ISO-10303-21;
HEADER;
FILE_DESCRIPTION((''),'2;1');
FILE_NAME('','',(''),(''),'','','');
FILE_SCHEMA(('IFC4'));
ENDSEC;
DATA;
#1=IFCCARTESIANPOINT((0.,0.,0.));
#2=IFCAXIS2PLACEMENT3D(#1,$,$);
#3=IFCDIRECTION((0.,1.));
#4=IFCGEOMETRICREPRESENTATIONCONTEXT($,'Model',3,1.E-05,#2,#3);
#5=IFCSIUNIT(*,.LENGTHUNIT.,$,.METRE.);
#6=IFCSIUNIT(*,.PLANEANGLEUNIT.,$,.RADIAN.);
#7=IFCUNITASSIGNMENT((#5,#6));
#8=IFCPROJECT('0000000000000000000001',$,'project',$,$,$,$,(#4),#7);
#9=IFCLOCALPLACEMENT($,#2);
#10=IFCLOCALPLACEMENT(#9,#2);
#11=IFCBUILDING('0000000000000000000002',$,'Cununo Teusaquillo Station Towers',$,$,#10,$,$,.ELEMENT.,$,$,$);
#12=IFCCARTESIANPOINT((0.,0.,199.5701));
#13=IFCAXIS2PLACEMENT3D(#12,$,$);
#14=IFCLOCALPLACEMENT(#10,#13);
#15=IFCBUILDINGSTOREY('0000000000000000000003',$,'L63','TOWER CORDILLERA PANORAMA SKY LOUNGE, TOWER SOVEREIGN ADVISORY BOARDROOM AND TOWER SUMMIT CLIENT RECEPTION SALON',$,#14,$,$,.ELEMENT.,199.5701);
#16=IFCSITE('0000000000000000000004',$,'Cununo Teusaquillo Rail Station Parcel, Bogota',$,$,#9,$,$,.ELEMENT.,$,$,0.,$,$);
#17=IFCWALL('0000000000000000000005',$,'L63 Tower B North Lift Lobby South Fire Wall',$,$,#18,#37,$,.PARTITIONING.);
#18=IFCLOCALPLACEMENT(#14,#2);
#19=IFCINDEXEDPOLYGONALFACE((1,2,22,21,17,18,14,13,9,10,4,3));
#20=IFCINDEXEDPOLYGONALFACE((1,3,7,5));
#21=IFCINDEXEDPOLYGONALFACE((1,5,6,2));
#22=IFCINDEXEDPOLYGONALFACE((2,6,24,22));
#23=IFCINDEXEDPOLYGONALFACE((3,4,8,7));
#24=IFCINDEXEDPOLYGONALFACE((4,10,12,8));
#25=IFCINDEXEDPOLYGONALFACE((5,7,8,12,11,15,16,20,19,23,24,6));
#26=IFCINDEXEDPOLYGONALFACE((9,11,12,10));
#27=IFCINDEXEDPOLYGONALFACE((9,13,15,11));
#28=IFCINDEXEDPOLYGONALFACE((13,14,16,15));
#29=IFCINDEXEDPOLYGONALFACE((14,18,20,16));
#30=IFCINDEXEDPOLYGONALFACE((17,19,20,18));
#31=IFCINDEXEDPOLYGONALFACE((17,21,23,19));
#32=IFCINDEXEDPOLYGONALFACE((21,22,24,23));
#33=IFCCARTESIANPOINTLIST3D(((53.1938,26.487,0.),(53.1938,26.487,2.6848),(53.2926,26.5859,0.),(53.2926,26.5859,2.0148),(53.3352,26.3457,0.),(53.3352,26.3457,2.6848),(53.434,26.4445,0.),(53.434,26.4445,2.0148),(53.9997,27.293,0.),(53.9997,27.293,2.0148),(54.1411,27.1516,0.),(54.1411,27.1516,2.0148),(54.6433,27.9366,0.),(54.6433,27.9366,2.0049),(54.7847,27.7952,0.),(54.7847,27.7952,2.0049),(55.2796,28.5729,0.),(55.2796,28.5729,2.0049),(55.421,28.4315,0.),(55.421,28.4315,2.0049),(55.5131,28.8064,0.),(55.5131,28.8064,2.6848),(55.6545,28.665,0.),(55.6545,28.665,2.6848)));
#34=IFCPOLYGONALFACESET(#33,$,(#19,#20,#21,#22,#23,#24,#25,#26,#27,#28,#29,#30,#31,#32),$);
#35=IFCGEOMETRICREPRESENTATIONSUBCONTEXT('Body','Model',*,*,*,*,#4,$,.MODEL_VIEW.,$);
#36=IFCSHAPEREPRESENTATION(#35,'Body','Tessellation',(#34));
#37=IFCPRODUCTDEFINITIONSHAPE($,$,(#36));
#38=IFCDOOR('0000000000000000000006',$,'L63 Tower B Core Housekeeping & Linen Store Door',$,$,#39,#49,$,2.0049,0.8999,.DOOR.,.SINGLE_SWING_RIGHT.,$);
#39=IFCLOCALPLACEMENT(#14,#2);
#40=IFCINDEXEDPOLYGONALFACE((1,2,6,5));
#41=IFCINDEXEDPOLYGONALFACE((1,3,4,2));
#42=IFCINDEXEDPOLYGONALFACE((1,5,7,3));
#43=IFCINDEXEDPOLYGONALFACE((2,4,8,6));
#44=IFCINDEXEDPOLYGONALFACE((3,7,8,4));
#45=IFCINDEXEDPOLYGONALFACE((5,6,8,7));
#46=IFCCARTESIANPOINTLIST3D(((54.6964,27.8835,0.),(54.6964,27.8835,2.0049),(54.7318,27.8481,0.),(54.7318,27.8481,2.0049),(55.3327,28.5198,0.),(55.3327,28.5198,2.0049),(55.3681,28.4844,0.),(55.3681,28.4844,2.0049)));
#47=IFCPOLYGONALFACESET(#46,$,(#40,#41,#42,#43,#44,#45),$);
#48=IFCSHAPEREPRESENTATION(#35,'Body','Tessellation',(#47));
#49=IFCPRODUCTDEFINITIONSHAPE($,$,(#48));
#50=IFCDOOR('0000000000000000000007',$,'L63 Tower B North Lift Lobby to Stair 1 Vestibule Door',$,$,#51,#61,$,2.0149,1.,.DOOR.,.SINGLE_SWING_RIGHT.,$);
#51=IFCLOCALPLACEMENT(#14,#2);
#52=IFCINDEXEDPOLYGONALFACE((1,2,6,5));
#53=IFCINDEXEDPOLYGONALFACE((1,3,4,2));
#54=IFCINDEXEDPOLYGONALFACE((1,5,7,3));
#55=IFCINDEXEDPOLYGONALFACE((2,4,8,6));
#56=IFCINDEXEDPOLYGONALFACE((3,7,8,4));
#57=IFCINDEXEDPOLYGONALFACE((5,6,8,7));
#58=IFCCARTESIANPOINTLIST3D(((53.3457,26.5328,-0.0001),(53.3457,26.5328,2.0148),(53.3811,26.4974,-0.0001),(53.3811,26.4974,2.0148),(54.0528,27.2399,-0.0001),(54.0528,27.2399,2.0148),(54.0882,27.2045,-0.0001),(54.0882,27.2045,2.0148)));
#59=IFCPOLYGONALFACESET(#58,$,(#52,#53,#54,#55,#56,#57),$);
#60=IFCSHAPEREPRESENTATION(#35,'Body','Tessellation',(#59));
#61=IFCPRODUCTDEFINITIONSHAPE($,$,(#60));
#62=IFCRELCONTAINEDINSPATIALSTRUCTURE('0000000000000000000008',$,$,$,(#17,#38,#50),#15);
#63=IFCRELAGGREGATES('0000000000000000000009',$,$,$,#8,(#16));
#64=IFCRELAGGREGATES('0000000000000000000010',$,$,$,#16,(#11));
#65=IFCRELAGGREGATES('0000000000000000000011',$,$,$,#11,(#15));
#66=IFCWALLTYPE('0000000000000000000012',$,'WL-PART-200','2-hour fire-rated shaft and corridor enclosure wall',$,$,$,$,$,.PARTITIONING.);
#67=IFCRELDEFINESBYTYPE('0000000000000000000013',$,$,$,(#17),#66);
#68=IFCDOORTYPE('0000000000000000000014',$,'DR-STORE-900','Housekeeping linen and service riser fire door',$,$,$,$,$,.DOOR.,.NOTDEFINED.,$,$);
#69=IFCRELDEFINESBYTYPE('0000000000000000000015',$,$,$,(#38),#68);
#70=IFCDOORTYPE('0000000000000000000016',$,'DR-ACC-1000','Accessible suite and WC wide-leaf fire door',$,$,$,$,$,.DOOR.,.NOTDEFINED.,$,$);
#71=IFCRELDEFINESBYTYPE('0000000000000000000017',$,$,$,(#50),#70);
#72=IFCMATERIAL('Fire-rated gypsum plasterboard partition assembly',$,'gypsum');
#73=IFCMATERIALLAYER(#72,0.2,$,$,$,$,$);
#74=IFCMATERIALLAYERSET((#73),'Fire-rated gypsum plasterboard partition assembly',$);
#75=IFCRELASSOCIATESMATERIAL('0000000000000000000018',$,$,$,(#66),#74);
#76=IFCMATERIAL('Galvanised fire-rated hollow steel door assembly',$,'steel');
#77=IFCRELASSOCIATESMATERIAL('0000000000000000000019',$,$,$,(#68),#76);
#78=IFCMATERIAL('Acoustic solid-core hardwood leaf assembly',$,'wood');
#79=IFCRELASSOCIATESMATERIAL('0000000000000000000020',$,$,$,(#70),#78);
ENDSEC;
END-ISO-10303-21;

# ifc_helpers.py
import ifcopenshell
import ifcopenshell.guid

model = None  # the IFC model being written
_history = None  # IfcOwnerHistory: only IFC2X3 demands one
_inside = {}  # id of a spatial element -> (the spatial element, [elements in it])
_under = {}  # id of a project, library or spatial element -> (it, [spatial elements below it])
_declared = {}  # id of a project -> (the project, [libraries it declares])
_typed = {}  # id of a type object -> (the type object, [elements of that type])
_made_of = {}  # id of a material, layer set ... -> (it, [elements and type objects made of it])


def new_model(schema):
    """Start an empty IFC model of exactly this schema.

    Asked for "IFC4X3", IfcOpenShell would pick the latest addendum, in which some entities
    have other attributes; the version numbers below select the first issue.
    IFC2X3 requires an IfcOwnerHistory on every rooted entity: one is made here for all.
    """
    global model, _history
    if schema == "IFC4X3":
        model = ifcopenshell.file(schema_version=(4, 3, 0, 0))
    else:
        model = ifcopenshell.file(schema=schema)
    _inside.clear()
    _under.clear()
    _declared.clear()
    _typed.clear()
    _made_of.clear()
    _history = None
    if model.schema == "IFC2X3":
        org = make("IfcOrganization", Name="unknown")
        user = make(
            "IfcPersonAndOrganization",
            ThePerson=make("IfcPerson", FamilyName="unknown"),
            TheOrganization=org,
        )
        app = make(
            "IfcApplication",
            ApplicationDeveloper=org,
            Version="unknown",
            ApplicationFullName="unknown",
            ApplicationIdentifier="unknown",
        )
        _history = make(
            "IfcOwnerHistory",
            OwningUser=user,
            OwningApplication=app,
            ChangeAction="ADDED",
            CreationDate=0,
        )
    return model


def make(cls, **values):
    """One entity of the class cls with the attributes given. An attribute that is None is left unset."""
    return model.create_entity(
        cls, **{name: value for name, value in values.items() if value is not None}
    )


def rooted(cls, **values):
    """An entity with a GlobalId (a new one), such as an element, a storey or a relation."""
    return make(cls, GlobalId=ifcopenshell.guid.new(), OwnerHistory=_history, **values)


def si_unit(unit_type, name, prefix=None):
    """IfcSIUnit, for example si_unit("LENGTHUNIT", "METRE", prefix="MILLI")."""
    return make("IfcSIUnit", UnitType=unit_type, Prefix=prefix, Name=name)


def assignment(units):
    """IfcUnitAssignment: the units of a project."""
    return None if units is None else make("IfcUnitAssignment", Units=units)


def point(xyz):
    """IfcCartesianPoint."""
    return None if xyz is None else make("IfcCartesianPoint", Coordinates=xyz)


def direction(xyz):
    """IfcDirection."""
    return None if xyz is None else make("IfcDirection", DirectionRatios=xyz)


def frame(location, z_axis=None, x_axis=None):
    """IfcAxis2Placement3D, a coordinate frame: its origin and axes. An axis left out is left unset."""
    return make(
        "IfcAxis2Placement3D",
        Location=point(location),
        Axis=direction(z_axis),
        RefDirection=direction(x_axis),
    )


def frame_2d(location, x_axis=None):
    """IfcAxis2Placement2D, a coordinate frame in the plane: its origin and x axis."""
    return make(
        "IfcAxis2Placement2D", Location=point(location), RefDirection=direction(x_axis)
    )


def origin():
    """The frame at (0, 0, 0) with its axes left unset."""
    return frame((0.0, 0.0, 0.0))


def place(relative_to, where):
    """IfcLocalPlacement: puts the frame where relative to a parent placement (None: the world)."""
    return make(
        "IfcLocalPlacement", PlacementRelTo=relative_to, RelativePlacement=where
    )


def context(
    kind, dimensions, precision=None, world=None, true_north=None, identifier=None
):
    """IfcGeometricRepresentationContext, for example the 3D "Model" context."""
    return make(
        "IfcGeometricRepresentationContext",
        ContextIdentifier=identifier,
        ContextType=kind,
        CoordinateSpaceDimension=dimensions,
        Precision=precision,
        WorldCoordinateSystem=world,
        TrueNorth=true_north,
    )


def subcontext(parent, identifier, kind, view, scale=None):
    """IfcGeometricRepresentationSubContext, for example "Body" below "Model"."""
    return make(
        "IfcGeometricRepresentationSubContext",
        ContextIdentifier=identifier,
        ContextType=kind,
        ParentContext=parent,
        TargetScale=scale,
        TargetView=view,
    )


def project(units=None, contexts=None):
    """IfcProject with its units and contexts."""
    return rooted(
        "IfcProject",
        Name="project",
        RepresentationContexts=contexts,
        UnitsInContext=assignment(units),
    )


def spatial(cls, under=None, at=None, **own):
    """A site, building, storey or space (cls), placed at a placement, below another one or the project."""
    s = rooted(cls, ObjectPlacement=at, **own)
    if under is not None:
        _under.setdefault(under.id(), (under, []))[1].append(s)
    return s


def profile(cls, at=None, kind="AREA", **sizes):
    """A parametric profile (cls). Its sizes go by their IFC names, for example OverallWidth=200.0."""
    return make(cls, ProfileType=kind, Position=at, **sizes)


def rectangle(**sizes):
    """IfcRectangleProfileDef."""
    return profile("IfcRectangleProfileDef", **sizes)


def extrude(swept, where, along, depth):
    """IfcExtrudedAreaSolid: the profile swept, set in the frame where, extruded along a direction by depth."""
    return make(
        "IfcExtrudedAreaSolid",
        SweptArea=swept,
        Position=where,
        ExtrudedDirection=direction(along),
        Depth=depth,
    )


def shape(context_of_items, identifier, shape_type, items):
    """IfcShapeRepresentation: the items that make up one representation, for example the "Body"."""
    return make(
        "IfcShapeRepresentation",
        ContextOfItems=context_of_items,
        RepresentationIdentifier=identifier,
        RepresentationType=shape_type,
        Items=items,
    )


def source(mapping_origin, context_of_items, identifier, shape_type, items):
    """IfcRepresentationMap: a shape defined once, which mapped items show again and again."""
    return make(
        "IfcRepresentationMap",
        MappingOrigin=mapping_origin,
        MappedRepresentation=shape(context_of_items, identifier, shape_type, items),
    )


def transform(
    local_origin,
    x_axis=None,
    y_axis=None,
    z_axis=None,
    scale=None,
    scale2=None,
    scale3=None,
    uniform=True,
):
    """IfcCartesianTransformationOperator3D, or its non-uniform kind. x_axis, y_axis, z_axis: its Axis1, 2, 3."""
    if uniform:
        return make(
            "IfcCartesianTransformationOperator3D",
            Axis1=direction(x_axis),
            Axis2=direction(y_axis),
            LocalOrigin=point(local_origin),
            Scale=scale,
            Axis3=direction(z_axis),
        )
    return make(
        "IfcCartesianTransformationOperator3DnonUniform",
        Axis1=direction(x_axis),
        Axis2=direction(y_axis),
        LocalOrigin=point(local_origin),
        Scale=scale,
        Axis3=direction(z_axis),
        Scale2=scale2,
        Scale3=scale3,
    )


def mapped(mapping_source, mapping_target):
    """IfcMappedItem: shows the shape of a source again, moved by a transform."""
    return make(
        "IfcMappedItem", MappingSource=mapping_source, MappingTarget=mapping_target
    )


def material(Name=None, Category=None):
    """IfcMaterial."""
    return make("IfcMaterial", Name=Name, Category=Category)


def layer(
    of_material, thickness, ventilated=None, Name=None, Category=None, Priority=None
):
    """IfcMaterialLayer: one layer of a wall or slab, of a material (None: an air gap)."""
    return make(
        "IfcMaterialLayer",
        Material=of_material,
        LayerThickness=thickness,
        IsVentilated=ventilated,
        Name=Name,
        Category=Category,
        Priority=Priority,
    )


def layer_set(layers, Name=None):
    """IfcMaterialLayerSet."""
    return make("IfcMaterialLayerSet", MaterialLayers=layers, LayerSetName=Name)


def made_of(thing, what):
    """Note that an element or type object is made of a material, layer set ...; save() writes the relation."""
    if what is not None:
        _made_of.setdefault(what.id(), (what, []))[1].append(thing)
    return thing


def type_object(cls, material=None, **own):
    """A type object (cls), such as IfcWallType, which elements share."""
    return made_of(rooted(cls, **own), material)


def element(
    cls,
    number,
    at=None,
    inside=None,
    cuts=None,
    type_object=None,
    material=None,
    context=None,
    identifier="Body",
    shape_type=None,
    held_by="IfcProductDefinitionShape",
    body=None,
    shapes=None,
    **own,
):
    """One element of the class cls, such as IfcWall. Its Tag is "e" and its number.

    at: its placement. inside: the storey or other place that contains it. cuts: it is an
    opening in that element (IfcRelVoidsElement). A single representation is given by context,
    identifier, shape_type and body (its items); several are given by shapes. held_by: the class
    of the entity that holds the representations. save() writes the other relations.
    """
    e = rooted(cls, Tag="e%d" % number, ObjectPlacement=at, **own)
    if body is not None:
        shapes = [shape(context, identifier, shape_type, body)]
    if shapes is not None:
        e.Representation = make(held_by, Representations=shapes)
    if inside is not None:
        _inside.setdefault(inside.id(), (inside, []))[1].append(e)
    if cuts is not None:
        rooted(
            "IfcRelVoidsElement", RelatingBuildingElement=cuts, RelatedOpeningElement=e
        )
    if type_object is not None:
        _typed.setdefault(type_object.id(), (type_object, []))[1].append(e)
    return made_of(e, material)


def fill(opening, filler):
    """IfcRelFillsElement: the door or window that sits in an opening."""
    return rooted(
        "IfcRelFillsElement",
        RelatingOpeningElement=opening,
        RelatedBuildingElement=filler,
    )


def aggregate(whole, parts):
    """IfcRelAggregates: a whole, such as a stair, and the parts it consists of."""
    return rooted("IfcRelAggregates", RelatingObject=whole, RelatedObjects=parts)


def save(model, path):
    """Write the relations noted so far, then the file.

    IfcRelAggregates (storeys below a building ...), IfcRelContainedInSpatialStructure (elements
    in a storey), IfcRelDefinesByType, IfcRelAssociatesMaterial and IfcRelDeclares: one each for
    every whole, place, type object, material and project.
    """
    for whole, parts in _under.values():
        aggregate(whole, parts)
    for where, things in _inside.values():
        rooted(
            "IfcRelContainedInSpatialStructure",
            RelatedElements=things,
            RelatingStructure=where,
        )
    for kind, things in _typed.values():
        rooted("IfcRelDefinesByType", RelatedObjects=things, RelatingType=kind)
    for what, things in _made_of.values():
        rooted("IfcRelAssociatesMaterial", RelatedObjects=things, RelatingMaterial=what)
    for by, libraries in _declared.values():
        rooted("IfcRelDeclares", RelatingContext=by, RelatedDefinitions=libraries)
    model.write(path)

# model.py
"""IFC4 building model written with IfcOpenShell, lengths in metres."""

from ifc_helpers import new_model, si_unit, direction, frame, frame_2d, origin, place, context, subcontext, project, spatial, rectangle, extrude, source, transform, mapped, material, layer, layer_set, type_object, element, fill, save


model = new_model("IFC4")

# Units and contexts
model_context = context("Model", 3, precision=1e-05, world=origin(), true_north=direction((0.0, 1.0)))
body_context = subcontext(model_context, "Body", "Model", "MODEL_VIEW")
ifc_project = project(units=[si_unit("LENGTHUNIT", "METRE"), si_unit("PLANEANGLEUNIT", "RADIAN")], contexts=[model_context])

# Site, building, storey
site_placement = place(None, origin())
site = spatial("IfcSite", under=ifc_project, at=site_placement, Name="Cununo Teusaquillo Rail Station Parcel, Bogota", CompositionType="ELEMENT", RefElevation=0.0)
building_placement = place(site_placement, origin())
building = spatial("IfcBuilding", under=site, at=building_placement, Name="Cununo Teusaquillo Station Towers", CompositionType="ELEMENT")
storey_placement = place(building_placement, frame((0.0, 0.0, 199.5701)))
storey = spatial("IfcBuildingStorey", under=building, at=storey_placement, Name="L63", Description="TOWER CORDILLERA PANORAMA SKY LOUNGE, TOWER SOVEREIGN ADVISORY BOARDROOM AND TOWER SUMMIT CLIENT RECEPTION SALON", CompositionType="ELEMENT", Elevation=199.5701)

# Shared definitions
shared_shape_1 = source(origin(), body_context, "Body", "SweptSolid", [
    extrude(rectangle(XDim=0.8999, YDim=2.0049, at=frame_2d((0.45, 1.0024))), frame((0.0, 0.0249, 0.0), z_axis=(0.0, -1.0, 0.0), x_axis=(1.0, 0.0, 0.0)), (0.0, 0.0, 1.0), 0.05),
])

# Wall, openings, doors
ifc_material_1 = material(Name="Fire-rated gypsum plasterboard partition assembly", Category="gypsum")
ifc_layer_1 = layer(ifc_material_1, 0.2)
ifc_layer_set_1 = layer_set([ifc_layer_1], Name="Fire-rated gypsum plasterboard partition assembly")
wall_type_1 = type_object("IfcWallType", Name="WL-PART-200", Description="2-hour fire-rated shaft and corridor enclosure wall", PredefinedType="PARTITIONING", material=ifc_layer_set_1)
wall_1_placement = place(storey_placement, frame((53.2644, 26.4163, 0.0), z_axis=(0.0, 0.0, 1.0), x_axis=(0.707107, 0.707107, 0.0)))
wall_1 = element("IfcWall", 1, at=wall_1_placement, inside=storey, type_object=wall_type_1, Name="L63 Tower B North Lift Lobby South Fire Wall", PredefinedType="PARTITIONING", context=body_context, shape_type="SweptSolid", body=[
    extrude(rectangle(XDim=3.28, YDim=0.2, at=frame_2d((1.6401, 0.0))), origin(), (0.0, 0.0, 1.0), 2.6848),
])
shared_shape_2 = source(origin(), body_context, "Body", "SweptSolid", [
    extrude(rectangle(XDim=1.0, YDim=2.0149, at=frame_2d((0.5, 1.0073))), frame((0.0, 0.1099, 0.0), z_axis=(0.0, -1.0, 0.0), x_axis=(1.0, 0.0, 0.0)), (0.0, 0.0, 1.0), 0.22),
])
opening_1_placement = place(wall_1_placement, frame((0.1399, 0.0, 0.0)))
opening_1 = element("IfcOpeningElement", 2, at=opening_1_placement, cuts=wall_1, PredefinedType="OPENING", context=body_context, shape_type="MappedRepresentation", body=[
    mapped(shared_shape_2, transform((0.0, 0.0, 0.0), x_axis=(1.0, 0.0, 0.0), y_axis=(0.0, 1.0, 0.0), z_axis=(0.0, 0.0, 1.0), scale=1.0)),
])
shared_shape_3 = source(origin(), body_context, "Body", "SweptSolid", [
    extrude(rectangle(XDim=0.8999, YDim=2.0049, at=frame_2d((0.45, 1.0024))), frame((0.0, 0.1099, 0.0), z_axis=(0.0, -1.0, 0.0), x_axis=(1.0, 0.0, 0.0)), (0.0, 0.0, 1.0), 0.22),
])
opening_2_placement = place(wall_1_placement, frame((2.05, 0.0, 0.0)))
opening_2 = element("IfcOpeningElement", 3, at=opening_2_placement, cuts=wall_1, PredefinedType="OPENING", context=body_context, shape_type="MappedRepresentation", body=[
    mapped(shared_shape_3, transform((0.0, 0.0, 0.0), x_axis=(1.0, 0.0, 0.0), y_axis=(0.0, 1.0, 0.0), z_axis=(0.0, 0.0, 1.0), scale=1.0)),
])
ifc_material_2 = material(Name="Galvanised fire-rated hollow steel door assembly", Category="steel")
door_type_1 = type_object("IfcDoorType", Name="DR-STORE-900", Description="Housekeeping linen and service riser fire door", OperationType="NOTDEFINED", PredefinedType="DOOR", material=ifc_material_2)
door_1_placement = place(opening_2_placement, origin())
door_1 = element("IfcDoor", 4, at=door_1_placement, inside=storey, type_object=door_type_1, Name="L63 Tower B Core Housekeeping & Linen Store Door", OperationType="SINGLE_SWING_RIGHT", OverallHeight=2.0049, OverallWidth=0.8999, PredefinedType="DOOR", context=body_context, shape_type="MappedRepresentation", body=[
    mapped(shared_shape_1, transform((0.0, 0.0, 0.0), x_axis=(1.0, 0.0, 0.0), y_axis=(0.0, 1.0, 0.0), z_axis=(0.0, 0.0, 1.0), scale=1.0)),
])
fill(opening_2, door_1)
ifc_material_3 = material(Name="Acoustic solid-core hardwood leaf assembly", Category="wood")
door_type_2 = type_object("IfcDoorType", Name="DR-ACC-1000", Description="Accessible suite and WC wide-leaf fire door", OperationType="NOTDEFINED", PredefinedType="DOOR", material=ifc_material_3)
shared_shape_4 = source(origin(), body_context, "Body", "SweptSolid", [
    extrude(rectangle(XDim=1.0, YDim=2.0149, at=frame_2d((0.5, 1.0073))), frame((0.0, 0.0249, 0.0), z_axis=(0.0, -1.0, 0.0), x_axis=(1.0, 0.0, 0.0)), (0.0, 0.0, 1.0), 0.05),
])
door_2_placement = place(opening_1_placement, origin())
door_2 = element("IfcDoor", 5, at=door_2_placement, inside=storey, type_object=door_type_2, Name="L63 Tower B North Lift Lobby to Stair 1 Vestibule Door", OperationType="SINGLE_SWING_RIGHT", OverallHeight=2.0149, OverallWidth=1.0, PredefinedType="DOOR", context=body_context, shape_type="MappedRepresentation", body=[
    mapped(shared_shape_4, transform((0.0, 0.0, 0.0), x_axis=(1.0, 0.0, 0.0), y_axis=(0.0, 1.0, 0.0), z_axis=(0.0, 0.0, 1.0), scale=1.0)),
])
fill(opening_1, door_2)

save(model, "model.ifc")
